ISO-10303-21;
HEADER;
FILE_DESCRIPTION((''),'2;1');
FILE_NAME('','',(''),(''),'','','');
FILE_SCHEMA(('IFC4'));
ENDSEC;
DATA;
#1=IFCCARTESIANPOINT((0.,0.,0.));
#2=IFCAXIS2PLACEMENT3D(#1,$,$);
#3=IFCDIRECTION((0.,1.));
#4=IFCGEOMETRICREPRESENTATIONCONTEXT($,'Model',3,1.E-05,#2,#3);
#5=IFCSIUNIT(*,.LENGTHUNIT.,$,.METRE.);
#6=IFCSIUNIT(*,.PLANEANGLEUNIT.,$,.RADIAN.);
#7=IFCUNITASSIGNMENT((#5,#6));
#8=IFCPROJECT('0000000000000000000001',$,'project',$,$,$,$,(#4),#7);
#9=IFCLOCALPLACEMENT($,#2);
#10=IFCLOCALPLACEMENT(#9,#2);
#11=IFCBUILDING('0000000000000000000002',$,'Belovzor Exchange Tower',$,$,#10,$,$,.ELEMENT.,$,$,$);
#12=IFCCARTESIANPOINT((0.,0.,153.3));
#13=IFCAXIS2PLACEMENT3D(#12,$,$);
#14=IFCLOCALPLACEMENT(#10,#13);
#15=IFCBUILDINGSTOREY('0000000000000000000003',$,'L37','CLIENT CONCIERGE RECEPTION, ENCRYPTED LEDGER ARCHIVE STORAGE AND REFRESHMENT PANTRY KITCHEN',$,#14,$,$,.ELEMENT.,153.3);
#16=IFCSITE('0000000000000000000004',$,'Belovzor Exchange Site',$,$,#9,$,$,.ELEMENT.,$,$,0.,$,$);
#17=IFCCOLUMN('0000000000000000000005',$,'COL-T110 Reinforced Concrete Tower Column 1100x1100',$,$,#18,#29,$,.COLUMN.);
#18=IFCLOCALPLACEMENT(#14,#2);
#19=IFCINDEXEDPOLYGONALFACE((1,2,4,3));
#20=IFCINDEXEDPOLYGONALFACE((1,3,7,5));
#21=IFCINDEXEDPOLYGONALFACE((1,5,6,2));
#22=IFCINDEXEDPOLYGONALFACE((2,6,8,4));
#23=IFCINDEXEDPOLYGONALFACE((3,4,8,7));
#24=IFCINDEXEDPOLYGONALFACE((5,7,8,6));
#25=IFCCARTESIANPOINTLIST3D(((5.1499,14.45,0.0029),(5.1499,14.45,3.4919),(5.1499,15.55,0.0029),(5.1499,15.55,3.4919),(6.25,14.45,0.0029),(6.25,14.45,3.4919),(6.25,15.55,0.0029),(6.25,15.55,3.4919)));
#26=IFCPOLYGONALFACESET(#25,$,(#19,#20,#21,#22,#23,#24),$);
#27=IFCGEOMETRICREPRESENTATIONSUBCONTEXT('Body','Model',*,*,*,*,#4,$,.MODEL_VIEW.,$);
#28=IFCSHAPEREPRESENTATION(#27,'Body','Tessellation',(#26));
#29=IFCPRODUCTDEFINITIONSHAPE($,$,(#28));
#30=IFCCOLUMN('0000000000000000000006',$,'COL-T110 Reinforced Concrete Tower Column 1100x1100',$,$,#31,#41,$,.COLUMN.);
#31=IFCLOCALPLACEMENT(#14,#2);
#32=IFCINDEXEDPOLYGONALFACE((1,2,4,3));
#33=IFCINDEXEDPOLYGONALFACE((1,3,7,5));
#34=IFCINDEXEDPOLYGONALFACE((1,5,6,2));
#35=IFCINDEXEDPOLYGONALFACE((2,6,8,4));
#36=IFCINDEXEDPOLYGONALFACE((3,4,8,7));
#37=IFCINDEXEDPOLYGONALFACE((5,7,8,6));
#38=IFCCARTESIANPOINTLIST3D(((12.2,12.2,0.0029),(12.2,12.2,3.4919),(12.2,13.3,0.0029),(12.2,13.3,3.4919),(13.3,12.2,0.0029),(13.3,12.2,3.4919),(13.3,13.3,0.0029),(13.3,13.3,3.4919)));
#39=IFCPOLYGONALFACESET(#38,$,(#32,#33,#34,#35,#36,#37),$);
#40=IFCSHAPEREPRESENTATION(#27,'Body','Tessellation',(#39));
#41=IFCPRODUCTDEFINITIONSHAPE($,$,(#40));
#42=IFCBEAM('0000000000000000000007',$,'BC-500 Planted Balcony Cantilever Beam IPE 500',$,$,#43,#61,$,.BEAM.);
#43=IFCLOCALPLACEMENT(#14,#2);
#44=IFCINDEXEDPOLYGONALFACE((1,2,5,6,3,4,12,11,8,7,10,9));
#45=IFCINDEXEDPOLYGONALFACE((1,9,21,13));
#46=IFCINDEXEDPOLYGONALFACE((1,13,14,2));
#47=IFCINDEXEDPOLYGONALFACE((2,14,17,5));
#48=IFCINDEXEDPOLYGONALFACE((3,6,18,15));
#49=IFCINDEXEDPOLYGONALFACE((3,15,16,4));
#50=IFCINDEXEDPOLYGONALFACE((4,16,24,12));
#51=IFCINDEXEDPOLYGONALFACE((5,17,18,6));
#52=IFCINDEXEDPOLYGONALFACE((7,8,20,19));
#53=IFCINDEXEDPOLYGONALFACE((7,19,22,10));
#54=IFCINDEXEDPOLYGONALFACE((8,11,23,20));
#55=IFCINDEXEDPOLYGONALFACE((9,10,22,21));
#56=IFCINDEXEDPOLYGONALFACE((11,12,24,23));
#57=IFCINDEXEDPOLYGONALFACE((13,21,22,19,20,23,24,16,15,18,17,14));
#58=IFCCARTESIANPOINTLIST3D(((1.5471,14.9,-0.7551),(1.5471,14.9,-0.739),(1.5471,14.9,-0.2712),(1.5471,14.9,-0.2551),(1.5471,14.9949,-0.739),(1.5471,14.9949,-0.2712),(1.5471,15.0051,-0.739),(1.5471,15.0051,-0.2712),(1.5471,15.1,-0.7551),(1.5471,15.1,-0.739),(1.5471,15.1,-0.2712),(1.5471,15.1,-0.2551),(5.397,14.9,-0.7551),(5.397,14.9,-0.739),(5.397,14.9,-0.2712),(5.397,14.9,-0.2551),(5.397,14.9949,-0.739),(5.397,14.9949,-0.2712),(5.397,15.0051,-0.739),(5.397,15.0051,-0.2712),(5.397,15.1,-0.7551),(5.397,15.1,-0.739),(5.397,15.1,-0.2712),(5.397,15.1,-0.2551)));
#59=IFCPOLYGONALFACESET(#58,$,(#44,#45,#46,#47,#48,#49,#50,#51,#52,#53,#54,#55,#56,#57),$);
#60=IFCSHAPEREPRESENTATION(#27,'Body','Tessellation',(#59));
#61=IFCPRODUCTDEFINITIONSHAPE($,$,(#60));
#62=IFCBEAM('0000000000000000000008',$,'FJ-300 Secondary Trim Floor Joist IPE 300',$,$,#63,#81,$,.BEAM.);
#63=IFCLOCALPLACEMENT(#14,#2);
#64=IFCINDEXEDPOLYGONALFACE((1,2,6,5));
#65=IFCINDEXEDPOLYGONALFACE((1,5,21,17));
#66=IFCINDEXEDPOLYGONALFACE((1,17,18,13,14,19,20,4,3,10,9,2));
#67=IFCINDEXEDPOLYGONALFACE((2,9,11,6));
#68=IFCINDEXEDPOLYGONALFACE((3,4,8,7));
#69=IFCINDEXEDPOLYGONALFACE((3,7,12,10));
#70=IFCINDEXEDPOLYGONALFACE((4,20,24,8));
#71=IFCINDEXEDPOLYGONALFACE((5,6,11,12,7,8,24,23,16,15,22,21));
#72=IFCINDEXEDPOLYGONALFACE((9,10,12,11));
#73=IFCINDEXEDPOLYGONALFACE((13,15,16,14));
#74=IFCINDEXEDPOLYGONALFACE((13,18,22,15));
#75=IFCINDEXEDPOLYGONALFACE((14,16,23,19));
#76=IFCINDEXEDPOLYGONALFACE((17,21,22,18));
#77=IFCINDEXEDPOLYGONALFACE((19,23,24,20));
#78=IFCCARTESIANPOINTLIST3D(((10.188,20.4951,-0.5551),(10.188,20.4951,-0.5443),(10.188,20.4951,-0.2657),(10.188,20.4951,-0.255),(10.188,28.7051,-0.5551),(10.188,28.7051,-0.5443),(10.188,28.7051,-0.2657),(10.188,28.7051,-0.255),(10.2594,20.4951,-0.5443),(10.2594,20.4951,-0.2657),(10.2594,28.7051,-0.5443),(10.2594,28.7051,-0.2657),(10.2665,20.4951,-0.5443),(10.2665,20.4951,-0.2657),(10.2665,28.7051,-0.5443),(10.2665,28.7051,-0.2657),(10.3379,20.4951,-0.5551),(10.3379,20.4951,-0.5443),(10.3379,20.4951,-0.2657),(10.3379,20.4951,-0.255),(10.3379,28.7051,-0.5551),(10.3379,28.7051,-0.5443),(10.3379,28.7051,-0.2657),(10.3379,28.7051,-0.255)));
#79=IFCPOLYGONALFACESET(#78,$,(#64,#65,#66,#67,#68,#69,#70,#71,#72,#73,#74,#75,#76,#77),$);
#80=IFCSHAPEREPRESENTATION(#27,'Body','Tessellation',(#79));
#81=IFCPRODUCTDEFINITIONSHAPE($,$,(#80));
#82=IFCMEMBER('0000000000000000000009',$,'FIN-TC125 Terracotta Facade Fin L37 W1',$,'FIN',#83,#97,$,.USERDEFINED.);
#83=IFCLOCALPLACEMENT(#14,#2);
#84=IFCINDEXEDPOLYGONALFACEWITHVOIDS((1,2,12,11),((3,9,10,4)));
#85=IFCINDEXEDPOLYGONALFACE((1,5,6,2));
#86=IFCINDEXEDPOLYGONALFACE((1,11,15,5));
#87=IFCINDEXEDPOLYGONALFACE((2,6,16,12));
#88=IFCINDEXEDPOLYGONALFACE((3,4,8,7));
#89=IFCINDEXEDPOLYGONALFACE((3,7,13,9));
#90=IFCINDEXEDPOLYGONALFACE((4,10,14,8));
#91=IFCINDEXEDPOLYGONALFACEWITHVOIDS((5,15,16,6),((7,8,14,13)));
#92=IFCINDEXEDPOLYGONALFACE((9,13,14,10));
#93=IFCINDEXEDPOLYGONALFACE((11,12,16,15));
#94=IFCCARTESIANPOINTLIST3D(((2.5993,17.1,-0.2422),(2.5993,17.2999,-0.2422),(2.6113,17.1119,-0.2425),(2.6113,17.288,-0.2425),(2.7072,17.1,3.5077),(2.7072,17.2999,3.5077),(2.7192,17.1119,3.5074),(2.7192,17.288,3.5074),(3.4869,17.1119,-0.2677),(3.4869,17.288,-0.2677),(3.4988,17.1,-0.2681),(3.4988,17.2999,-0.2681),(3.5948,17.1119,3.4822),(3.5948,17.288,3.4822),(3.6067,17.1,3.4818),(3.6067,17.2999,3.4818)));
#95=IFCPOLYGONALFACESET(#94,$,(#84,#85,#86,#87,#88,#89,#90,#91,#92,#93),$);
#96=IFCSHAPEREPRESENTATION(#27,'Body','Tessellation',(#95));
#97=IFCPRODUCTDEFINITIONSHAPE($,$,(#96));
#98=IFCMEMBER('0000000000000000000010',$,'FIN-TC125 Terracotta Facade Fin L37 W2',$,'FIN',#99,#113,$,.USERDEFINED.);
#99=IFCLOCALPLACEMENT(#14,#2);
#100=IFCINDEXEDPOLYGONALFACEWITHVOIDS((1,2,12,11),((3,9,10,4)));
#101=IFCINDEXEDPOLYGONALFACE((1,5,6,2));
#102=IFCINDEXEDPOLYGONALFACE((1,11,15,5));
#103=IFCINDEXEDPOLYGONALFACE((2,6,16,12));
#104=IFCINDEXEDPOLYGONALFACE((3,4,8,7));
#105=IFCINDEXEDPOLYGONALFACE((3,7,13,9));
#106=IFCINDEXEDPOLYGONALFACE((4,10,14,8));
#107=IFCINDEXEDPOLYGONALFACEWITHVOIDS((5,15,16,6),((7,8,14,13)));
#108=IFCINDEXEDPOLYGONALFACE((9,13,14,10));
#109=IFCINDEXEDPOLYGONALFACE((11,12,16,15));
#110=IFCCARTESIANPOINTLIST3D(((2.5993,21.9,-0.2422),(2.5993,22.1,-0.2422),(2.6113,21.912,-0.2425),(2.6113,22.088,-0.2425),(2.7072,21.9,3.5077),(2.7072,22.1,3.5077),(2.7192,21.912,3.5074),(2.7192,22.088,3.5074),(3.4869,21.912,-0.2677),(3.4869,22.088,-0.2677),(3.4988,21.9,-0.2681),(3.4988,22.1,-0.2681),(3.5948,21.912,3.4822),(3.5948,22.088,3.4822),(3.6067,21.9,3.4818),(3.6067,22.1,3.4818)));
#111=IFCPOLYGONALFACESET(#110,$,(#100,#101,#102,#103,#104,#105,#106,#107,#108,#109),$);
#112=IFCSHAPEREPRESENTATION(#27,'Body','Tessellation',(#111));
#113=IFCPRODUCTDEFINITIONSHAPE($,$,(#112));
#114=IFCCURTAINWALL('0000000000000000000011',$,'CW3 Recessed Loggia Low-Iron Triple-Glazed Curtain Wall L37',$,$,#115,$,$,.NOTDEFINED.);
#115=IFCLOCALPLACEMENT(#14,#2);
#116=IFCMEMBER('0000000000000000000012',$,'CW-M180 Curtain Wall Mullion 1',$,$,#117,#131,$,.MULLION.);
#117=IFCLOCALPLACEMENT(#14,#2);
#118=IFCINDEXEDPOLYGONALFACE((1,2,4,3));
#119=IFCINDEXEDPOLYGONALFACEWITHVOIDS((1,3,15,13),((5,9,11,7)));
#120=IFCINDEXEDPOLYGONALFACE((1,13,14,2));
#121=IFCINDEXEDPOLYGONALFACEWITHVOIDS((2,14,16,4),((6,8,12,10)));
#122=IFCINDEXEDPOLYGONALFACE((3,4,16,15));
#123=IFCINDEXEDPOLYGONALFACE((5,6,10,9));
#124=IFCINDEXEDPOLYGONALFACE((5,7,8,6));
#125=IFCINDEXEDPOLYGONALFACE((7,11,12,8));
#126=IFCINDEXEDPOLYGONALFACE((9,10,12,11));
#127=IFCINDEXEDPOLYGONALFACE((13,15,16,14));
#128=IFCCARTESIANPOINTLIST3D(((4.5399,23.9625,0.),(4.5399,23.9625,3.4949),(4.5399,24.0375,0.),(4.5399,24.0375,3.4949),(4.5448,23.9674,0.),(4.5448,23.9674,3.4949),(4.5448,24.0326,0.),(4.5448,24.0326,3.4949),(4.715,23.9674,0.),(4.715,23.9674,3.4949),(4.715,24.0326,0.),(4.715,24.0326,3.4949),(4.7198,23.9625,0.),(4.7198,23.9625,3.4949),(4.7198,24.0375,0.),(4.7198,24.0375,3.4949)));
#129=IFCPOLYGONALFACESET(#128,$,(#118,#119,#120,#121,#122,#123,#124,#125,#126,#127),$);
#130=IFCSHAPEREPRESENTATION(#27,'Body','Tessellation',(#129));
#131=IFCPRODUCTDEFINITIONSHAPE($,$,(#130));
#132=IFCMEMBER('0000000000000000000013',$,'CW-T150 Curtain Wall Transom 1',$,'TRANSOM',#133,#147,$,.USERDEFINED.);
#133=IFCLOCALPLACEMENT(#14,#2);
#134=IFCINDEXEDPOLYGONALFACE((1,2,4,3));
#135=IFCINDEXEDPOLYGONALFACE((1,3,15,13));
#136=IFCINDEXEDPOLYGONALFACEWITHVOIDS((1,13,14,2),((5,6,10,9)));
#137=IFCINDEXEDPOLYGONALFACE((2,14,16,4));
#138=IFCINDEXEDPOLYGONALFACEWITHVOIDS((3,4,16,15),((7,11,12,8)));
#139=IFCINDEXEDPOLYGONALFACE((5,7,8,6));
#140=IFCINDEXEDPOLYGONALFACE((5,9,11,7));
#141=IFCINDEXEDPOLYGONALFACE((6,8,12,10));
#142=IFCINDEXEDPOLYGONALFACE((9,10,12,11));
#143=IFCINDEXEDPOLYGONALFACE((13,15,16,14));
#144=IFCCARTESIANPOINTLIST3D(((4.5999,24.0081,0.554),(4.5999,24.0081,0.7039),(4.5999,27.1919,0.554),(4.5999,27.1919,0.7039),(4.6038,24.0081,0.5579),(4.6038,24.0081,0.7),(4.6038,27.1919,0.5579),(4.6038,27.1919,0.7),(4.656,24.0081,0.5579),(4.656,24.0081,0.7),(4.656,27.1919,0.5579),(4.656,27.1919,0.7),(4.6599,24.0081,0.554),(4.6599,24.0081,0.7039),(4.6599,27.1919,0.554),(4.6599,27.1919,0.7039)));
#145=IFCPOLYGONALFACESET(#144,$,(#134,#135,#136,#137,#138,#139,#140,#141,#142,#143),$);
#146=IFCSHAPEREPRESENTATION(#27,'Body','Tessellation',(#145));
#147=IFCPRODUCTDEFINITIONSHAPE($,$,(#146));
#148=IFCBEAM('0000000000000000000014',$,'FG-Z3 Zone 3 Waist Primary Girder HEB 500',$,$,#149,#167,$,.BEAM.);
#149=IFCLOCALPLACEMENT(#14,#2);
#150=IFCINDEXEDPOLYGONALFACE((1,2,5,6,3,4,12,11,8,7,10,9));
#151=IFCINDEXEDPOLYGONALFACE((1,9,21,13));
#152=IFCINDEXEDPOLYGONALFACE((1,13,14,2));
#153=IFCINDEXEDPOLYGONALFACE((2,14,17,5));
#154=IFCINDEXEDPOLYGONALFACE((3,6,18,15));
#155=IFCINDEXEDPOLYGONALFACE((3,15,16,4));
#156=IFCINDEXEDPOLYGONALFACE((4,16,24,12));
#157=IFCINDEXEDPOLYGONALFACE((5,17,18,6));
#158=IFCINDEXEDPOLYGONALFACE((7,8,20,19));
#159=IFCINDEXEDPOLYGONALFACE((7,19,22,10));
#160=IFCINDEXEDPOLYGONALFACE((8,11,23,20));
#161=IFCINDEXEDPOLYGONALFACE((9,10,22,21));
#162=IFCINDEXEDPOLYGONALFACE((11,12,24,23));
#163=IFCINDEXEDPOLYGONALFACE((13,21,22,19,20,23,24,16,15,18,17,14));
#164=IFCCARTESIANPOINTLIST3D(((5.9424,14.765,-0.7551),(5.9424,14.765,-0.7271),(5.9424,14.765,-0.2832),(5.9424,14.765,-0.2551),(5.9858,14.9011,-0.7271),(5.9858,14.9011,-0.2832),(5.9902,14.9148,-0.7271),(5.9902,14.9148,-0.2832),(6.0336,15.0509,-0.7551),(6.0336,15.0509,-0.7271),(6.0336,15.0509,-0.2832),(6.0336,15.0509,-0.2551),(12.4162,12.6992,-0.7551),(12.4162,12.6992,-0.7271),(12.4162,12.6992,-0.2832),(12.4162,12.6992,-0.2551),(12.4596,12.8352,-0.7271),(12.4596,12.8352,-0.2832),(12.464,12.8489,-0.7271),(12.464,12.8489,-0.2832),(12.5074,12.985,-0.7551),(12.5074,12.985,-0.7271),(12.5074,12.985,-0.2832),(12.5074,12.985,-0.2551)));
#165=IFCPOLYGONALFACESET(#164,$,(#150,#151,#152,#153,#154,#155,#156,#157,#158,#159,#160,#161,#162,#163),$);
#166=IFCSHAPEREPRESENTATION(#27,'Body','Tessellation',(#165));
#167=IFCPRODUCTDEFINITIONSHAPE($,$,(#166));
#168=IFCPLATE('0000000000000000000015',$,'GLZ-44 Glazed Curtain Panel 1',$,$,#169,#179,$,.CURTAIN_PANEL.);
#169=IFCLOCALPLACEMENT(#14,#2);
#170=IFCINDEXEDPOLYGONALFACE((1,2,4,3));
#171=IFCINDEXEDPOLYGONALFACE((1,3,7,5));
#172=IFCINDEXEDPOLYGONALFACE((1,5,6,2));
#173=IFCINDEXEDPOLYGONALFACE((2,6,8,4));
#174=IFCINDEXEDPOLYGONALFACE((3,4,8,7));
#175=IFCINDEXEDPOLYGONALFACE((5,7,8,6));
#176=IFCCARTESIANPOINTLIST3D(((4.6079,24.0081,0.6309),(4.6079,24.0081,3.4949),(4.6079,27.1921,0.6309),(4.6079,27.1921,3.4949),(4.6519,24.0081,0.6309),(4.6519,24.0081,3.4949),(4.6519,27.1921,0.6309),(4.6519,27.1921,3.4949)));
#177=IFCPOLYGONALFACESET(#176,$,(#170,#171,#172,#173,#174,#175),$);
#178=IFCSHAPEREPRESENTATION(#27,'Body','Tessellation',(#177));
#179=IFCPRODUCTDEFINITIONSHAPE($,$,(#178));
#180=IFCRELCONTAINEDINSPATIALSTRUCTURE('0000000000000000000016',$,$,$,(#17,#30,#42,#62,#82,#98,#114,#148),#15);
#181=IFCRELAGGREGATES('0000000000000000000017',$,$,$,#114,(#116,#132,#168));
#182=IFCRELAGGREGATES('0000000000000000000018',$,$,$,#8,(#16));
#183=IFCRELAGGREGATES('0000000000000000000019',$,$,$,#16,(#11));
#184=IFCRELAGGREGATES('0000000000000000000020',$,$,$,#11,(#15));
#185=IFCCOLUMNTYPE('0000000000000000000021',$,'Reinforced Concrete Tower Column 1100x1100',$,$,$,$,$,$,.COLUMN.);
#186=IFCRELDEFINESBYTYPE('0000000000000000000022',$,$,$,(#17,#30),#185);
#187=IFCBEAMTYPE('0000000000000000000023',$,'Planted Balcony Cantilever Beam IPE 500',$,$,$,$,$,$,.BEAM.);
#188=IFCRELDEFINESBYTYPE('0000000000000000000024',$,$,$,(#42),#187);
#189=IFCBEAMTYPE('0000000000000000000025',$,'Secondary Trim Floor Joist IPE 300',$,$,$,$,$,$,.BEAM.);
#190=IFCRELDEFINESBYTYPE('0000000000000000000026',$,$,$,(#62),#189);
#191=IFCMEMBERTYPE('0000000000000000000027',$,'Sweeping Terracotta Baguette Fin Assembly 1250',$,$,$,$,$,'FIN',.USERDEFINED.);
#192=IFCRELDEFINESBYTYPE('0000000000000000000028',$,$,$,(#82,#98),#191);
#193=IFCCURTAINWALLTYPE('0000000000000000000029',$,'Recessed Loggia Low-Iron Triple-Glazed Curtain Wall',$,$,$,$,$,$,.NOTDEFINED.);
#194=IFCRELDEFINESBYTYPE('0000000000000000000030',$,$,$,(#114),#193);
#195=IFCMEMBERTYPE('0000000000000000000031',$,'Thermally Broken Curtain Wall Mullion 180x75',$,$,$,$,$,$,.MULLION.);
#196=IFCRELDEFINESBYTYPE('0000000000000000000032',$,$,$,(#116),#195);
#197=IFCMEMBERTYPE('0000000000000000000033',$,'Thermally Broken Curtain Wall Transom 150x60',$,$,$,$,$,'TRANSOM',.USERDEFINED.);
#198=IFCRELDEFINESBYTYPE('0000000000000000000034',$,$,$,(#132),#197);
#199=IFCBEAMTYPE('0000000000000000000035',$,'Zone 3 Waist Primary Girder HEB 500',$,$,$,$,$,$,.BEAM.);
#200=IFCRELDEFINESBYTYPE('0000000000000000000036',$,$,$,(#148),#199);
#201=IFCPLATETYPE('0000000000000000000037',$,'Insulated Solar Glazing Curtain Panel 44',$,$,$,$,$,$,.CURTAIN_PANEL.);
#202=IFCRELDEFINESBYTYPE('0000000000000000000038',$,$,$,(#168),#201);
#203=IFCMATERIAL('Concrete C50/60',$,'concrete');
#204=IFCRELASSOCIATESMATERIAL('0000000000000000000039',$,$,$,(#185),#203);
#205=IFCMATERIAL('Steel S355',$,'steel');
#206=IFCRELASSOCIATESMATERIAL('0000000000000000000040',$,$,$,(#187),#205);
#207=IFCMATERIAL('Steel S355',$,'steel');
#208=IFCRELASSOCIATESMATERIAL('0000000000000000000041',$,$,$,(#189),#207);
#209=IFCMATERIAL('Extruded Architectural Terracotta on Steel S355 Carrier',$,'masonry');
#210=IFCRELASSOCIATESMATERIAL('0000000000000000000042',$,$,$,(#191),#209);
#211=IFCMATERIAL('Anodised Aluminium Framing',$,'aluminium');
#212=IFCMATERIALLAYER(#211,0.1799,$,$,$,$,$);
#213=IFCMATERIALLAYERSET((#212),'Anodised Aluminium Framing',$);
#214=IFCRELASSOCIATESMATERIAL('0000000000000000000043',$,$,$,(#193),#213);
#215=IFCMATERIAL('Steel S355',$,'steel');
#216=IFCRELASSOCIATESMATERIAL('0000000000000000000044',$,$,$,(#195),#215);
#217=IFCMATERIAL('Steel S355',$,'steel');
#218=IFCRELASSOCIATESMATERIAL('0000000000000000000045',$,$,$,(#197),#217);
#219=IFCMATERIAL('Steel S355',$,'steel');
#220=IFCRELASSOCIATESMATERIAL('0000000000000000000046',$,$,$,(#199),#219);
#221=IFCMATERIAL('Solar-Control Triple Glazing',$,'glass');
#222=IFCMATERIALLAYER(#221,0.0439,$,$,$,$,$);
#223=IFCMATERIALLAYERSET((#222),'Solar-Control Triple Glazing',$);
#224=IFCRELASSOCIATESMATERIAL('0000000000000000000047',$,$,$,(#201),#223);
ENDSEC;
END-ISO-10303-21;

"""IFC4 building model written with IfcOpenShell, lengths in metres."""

from ifc_helpers import new_model, si_unit, direction, frame, origin, origin_2d, place, context, subcontext, project, spatial, rectangle, hollow_rectangle, i_section, extrude, material, layer, layer_set, material_profile, profile_set, type_object, element, aggregate, save


model = new_model("IFC4")

# Units and contexts
model_context = context("Model", 3, precision=1e-05, world=origin(), true_north=direction((0.0, 1.0)))
body_context = subcontext(model_context, "Body", "Model", "MODEL_VIEW")
ifc_project = project(units=[si_unit("LENGTHUNIT", "METRE"), si_unit("PLANEANGLEUNIT", "RADIAN")], contexts=[model_context])

# Site, building, storey
site_placement = place(None, origin())
site = spatial("IfcSite", under=ifc_project, at=site_placement, Name="Belovzor Exchange Site", CompositionType="ELEMENT", RefElevation=0.0)
building_placement = place(site_placement, origin())
building = spatial("IfcBuilding", under=site, at=building_placement, Name="Belovzor Exchange Tower", CompositionType="ELEMENT")
storey_placement = place(building_placement, frame((0.0, 0.0, 153.3)))
storey = spatial("IfcBuildingStorey", under=building, at=storey_placement, Name="L37", Description="CLIENT CONCIERGE RECEPTION, ENCRYPTED LEDGER ARCHIVE STORAGE AND REFRESHMENT PANTRY KITCHEN", CompositionType="ELEMENT", Elevation=153.3)

# Columns
ifc_material_1 = material(Name="Concrete C50/60", Category="concrete")
ifc_material_profile_1 = material_profile(ifc_material_1, rectangle(XDim=1.1001, YDim=1.1001, at=origin_2d()))
ifc_profile_set_1 = profile_set([ifc_material_profile_1], Name="Concrete C50/60")
column_type = type_object("IfcColumnType", Name="Reinforced Concrete Tower Column 1100x1100", PredefinedType="COLUMN", material=ifc_profile_set_1)
for number, where, z_axis, x_axis, name in (
    (1, (5.7, 15.0, 0.0029), (0.0, 0.0, 1.0), (1.0, 0.0, 0.0), "COL-T110 Reinforced Concrete Tower Column 1100x1100"),
    (2, (12.75, 12.75, 0.0029), (0.0, 0.0, 1.0), (1.0, 0.0, 0.0), "COL-T110 Reinforced Concrete Tower Column 1100x1100"),
):
    element("IfcColumn", number, at=place(storey_placement, frame(where, z_axis=z_axis, x_axis=x_axis)), inside=storey, type_object=column_type, Name=name, PredefinedType="COLUMN", context=body_context, shape_type="SweptSolid", body=[
        extrude(rectangle(XDim=1.1001, YDim=1.1001, at=origin_2d()), origin(), (0.0, 0.0, 1.0), 3.489),
    ])

# Beams
ifc_material_2 = material(Name="Steel S355", Category="steel")
ifc_material_profile_2 = material_profile(ifc_material_2, i_section(OverallWidth=0.2, OverallDepth=0.5, WebThickness=0.0103, FlangeThickness=0.0161, at=origin_2d()))
ifc_profile_set_2 = profile_set([ifc_material_profile_2], Name="Steel S355")
beam_type_1 = type_object("IfcBeamType", Name="Planted Balcony Cantilever Beam IPE 500", PredefinedType="BEAM", material=ifc_profile_set_2)
beam_1_placement = place(storey_placement, frame((5.397, 15.0, -0.5051), z_axis=(-1.0, 0.0, 0.0), x_axis=(0.0, -1.0, 0.0)))
element("IfcBeam", 3, at=beam_1_placement, inside=storey, type_object=beam_type_1, Name="BC-500 Planted Balcony Cantilever Beam IPE 500", PredefinedType="BEAM", context=body_context, shape_type="SweptSolid", body=[
    extrude(i_section(OverallWidth=0.2, OverallDepth=0.5, WebThickness=0.0103, FlangeThickness=0.0161, at=origin_2d()), origin(), (0.0, 0.0, 1.0), 3.8499),
])
ifc_material_3 = material(Name="Steel S355", Category="steel")
ifc_material_profile_3 = material_profile(ifc_material_3, i_section(OverallWidth=0.1499, OverallDepth=0.3, WebThickness=0.0071, FlangeThickness=0.0107, at=origin_2d()))
ifc_profile_set_3 = profile_set([ifc_material_profile_3], Name="Steel S355")
beam_type_2 = type_object("IfcBeamType", Name="Secondary Trim Floor Joist IPE 300", PredefinedType="BEAM", material=ifc_profile_set_3)
beam_2_placement = place(storey_placement, frame((10.2629, 20.4951, -0.405), z_axis=(0.0, 1.0, 0.0), x_axis=(-1.0, 0.0, 0.0)))
element("IfcBeam", 4, at=beam_2_placement, inside=storey, type_object=beam_type_2, Name="FJ-300 Secondary Trim Floor Joist IPE 300", PredefinedType="BEAM", context=body_context, shape_type="SweptSolid", body=[
    extrude(i_section(OverallWidth=0.1499, OverallDepth=0.3, WebThickness=0.0071, FlangeThickness=0.0107, at=origin_2d()), origin(), (0.0, 0.0, 1.0), 8.21),
])

# Members
ifc_material_4 = material(Name="Extruded Architectural Terracotta on Steel S355 Carrier", Category="masonry")
ifc_material_profile_4 = material_profile(ifc_material_4, hollow_rectangle(XDim=0.2, YDim=0.8999, WallThickness=0.012, at=origin_2d()))
ifc_profile_set_4 = profile_set([ifc_material_profile_4], Name="Extruded Architectural Terracotta on Steel S355 Carrier")
member_type_1 = type_object("IfcMemberType", Name="Sweeping Terracotta Baguette Fin Assembly 1250", ElementType="FIN", PredefinedType="USERDEFINED", material=ifc_profile_set_4)
for number, where, z_axis, x_axis, name in (
    (5, (3.0491, 17.2, -0.2551), (0.028764, 0.0, 0.999586), (0.0, 1.0, 0.0), "FIN-TC125 Terracotta Facade Fin L37 W1"),
    (6, (3.0491, 22.0, -0.2551), (0.028764, 0.0, 0.999586), (0.0, 1.0, 0.0), "FIN-TC125 Terracotta Facade Fin L37 W2"),
):
    element("IfcMember", number, at=place(storey_placement, frame(where, z_axis=z_axis, x_axis=x_axis)), inside=storey, type_object=member_type_1, Name=name, ObjectType="FIN", PredefinedType="USERDEFINED", context=body_context, shape_type="SweptSolid", body=[
        extrude(hollow_rectangle(XDim=0.2, YDim=0.8999, WallThickness=0.012, at=origin_2d()), origin(), (0.0, 0.0, 1.0), 3.7515),
    ])

# Curtain wall, members
ifc_material_5 = material(Name="Anodised Aluminium Framing", Category="aluminium")
ifc_layer_1 = layer(ifc_material_5, 0.1799)
ifc_layer_set_1 = layer_set([ifc_layer_1], Name="Anodised Aluminium Framing")
curtain_wall_type = type_object("IfcCurtainWallType", Name="Recessed Loggia Low-Iron Triple-Glazed Curtain Wall", PredefinedType="NOTDEFINED", material=ifc_layer_set_1)
curtain_wall_placement = place(storey_placement, origin())
curtain_wall = element("IfcCurtainWall", 7, at=curtain_wall_placement, inside=storey, type_object=curtain_wall_type, Name="CW3 Recessed Loggia Low-Iron Triple-Glazed Curtain Wall L37", PredefinedType="NOTDEFINED")
ifc_material_6 = material(Name="Steel S355", Category="steel")
ifc_material_profile_5 = material_profile(ifc_material_6, hollow_rectangle(XDim=0.075, YDim=0.1799, WallThickness=0.0049, at=origin_2d()))
ifc_profile_set_5 = profile_set([ifc_material_profile_5], Name="Steel S355")
member_type_2 = type_object("IfcMemberType", Name="Thermally Broken Curtain Wall Mullion 180x75", PredefinedType="MULLION", material=ifc_profile_set_5)
member_1_placement = place(storey_placement, frame((4.6299, 24.0, 0.0), z_axis=(0.0, 0.0, 1.0), x_axis=(0.0, 1.0, 0.0)))
member_1 = element("IfcMember", 8, at=member_1_placement, type_object=member_type_2, Name="CW-M180 Curtain Wall Mullion 1", PredefinedType="MULLION", context=body_context, shape_type="SweptSolid", body=[
    extrude(hollow_rectangle(XDim=0.075, YDim=0.1799, WallThickness=0.0049, at=origin_2d()), origin(), (0.0, 0.0, 1.0), 3.4949),
])
ifc_material_7 = material(Name="Steel S355", Category="steel")
ifc_material_profile_6 = material_profile(ifc_material_7, hollow_rectangle(XDim=0.0601, YDim=0.1499, WallThickness=0.0039, at=origin_2d()))
ifc_profile_set_6 = profile_set([ifc_material_profile_6], Name="Steel S355")
member_type_3 = type_object("IfcMemberType", Name="Thermally Broken Curtain Wall Transom 150x60", ElementType="TRANSOM", PredefinedType="USERDEFINED", material=ifc_profile_set_6)
member_2_placement = place(storey_placement, frame((4.6299, 24.0081, 0.6289), z_axis=(0.0, 1.0, 0.0), x_axis=(-1.0, 0.0, 0.0)))
member_2 = element("IfcMember", 9, at=member_2_placement, type_object=member_type_3, Name="CW-T150 Curtain Wall Transom 1", ObjectType="TRANSOM", PredefinedType="USERDEFINED", context=body_context, shape_type="SweptSolid", body=[
    extrude(hollow_rectangle(XDim=0.0601, YDim=0.1499, WallThickness=0.0039, at=origin_2d()), origin(), (0.0, 0.0, 1.0), 3.1838),
])

# Beam
ifc_material_8 = material(Name="Steel S355", Category="steel")
ifc_material_profile_7 = material_profile(ifc_material_8, i_section(OverallWidth=0.3, OverallDepth=0.5, WebThickness=0.0144, FlangeThickness=0.0281, at=origin_2d()))
ifc_profile_set_7 = profile_set([ifc_material_profile_7], Name="Steel S355")
beam_type_3 = type_object("IfcBeamType", Name="Zone 3 Waist Primary Girder HEB 500", PredefinedType="BEAM", material=ifc_profile_set_7)
beam_3_placement = place(storey_placement, frame((5.988, 14.908, -0.5051), z_axis=(0.952668, -0.304012, 0.0), x_axis=(0.304012, 0.952668, 0.0)))
element("IfcBeam", 10, at=beam_3_placement, inside=storey, type_object=beam_type_3, Name="FG-Z3 Zone 3 Waist Primary Girder HEB 500", PredefinedType="BEAM", context=body_context, shape_type="SweptSolid", body=[
    extrude(i_section(OverallWidth=0.3, OverallDepth=0.5, WebThickness=0.0144, FlangeThickness=0.0281, at=origin_2d()), origin(), (0.0, 0.0, 1.0), 6.7954),
])

# Plate
ifc_material_9 = material(Name="Solar-Control Triple Glazing", Category="glass")
ifc_layer_2 = layer(ifc_material_9, 0.0439)
ifc_layer_set_2 = layer_set([ifc_layer_2], Name="Solar-Control Triple Glazing")
plate_type_1 = type_object("IfcPlateType", Name="Insulated Solar Glazing Curtain Panel 44", PredefinedType="CURTAIN_PANEL", material=ifc_layer_set_2)
plate_1_placement = place(storey_placement, frame((4.6299, 25.6001, 0.6309), z_axis=(0.0, 0.0, 1.0), x_axis=(0.0, 1.0, 0.0)))
plate_1 = element("IfcPlate", 11, at=plate_1_placement, type_object=plate_type_1, Name="GLZ-44 Glazed Curtain Panel 1", PredefinedType="CURTAIN_PANEL", context=body_context, shape_type="SweptSolid", body=[
    extrude(rectangle(XDim=3.1841, YDim=0.0439, at=origin_2d()), origin(), (0.0, 0.0, 1.0), 2.864),
])
aggregate(curtain_wall, [member_1, member_2, plate_1])

save(model, "model.ifc")
